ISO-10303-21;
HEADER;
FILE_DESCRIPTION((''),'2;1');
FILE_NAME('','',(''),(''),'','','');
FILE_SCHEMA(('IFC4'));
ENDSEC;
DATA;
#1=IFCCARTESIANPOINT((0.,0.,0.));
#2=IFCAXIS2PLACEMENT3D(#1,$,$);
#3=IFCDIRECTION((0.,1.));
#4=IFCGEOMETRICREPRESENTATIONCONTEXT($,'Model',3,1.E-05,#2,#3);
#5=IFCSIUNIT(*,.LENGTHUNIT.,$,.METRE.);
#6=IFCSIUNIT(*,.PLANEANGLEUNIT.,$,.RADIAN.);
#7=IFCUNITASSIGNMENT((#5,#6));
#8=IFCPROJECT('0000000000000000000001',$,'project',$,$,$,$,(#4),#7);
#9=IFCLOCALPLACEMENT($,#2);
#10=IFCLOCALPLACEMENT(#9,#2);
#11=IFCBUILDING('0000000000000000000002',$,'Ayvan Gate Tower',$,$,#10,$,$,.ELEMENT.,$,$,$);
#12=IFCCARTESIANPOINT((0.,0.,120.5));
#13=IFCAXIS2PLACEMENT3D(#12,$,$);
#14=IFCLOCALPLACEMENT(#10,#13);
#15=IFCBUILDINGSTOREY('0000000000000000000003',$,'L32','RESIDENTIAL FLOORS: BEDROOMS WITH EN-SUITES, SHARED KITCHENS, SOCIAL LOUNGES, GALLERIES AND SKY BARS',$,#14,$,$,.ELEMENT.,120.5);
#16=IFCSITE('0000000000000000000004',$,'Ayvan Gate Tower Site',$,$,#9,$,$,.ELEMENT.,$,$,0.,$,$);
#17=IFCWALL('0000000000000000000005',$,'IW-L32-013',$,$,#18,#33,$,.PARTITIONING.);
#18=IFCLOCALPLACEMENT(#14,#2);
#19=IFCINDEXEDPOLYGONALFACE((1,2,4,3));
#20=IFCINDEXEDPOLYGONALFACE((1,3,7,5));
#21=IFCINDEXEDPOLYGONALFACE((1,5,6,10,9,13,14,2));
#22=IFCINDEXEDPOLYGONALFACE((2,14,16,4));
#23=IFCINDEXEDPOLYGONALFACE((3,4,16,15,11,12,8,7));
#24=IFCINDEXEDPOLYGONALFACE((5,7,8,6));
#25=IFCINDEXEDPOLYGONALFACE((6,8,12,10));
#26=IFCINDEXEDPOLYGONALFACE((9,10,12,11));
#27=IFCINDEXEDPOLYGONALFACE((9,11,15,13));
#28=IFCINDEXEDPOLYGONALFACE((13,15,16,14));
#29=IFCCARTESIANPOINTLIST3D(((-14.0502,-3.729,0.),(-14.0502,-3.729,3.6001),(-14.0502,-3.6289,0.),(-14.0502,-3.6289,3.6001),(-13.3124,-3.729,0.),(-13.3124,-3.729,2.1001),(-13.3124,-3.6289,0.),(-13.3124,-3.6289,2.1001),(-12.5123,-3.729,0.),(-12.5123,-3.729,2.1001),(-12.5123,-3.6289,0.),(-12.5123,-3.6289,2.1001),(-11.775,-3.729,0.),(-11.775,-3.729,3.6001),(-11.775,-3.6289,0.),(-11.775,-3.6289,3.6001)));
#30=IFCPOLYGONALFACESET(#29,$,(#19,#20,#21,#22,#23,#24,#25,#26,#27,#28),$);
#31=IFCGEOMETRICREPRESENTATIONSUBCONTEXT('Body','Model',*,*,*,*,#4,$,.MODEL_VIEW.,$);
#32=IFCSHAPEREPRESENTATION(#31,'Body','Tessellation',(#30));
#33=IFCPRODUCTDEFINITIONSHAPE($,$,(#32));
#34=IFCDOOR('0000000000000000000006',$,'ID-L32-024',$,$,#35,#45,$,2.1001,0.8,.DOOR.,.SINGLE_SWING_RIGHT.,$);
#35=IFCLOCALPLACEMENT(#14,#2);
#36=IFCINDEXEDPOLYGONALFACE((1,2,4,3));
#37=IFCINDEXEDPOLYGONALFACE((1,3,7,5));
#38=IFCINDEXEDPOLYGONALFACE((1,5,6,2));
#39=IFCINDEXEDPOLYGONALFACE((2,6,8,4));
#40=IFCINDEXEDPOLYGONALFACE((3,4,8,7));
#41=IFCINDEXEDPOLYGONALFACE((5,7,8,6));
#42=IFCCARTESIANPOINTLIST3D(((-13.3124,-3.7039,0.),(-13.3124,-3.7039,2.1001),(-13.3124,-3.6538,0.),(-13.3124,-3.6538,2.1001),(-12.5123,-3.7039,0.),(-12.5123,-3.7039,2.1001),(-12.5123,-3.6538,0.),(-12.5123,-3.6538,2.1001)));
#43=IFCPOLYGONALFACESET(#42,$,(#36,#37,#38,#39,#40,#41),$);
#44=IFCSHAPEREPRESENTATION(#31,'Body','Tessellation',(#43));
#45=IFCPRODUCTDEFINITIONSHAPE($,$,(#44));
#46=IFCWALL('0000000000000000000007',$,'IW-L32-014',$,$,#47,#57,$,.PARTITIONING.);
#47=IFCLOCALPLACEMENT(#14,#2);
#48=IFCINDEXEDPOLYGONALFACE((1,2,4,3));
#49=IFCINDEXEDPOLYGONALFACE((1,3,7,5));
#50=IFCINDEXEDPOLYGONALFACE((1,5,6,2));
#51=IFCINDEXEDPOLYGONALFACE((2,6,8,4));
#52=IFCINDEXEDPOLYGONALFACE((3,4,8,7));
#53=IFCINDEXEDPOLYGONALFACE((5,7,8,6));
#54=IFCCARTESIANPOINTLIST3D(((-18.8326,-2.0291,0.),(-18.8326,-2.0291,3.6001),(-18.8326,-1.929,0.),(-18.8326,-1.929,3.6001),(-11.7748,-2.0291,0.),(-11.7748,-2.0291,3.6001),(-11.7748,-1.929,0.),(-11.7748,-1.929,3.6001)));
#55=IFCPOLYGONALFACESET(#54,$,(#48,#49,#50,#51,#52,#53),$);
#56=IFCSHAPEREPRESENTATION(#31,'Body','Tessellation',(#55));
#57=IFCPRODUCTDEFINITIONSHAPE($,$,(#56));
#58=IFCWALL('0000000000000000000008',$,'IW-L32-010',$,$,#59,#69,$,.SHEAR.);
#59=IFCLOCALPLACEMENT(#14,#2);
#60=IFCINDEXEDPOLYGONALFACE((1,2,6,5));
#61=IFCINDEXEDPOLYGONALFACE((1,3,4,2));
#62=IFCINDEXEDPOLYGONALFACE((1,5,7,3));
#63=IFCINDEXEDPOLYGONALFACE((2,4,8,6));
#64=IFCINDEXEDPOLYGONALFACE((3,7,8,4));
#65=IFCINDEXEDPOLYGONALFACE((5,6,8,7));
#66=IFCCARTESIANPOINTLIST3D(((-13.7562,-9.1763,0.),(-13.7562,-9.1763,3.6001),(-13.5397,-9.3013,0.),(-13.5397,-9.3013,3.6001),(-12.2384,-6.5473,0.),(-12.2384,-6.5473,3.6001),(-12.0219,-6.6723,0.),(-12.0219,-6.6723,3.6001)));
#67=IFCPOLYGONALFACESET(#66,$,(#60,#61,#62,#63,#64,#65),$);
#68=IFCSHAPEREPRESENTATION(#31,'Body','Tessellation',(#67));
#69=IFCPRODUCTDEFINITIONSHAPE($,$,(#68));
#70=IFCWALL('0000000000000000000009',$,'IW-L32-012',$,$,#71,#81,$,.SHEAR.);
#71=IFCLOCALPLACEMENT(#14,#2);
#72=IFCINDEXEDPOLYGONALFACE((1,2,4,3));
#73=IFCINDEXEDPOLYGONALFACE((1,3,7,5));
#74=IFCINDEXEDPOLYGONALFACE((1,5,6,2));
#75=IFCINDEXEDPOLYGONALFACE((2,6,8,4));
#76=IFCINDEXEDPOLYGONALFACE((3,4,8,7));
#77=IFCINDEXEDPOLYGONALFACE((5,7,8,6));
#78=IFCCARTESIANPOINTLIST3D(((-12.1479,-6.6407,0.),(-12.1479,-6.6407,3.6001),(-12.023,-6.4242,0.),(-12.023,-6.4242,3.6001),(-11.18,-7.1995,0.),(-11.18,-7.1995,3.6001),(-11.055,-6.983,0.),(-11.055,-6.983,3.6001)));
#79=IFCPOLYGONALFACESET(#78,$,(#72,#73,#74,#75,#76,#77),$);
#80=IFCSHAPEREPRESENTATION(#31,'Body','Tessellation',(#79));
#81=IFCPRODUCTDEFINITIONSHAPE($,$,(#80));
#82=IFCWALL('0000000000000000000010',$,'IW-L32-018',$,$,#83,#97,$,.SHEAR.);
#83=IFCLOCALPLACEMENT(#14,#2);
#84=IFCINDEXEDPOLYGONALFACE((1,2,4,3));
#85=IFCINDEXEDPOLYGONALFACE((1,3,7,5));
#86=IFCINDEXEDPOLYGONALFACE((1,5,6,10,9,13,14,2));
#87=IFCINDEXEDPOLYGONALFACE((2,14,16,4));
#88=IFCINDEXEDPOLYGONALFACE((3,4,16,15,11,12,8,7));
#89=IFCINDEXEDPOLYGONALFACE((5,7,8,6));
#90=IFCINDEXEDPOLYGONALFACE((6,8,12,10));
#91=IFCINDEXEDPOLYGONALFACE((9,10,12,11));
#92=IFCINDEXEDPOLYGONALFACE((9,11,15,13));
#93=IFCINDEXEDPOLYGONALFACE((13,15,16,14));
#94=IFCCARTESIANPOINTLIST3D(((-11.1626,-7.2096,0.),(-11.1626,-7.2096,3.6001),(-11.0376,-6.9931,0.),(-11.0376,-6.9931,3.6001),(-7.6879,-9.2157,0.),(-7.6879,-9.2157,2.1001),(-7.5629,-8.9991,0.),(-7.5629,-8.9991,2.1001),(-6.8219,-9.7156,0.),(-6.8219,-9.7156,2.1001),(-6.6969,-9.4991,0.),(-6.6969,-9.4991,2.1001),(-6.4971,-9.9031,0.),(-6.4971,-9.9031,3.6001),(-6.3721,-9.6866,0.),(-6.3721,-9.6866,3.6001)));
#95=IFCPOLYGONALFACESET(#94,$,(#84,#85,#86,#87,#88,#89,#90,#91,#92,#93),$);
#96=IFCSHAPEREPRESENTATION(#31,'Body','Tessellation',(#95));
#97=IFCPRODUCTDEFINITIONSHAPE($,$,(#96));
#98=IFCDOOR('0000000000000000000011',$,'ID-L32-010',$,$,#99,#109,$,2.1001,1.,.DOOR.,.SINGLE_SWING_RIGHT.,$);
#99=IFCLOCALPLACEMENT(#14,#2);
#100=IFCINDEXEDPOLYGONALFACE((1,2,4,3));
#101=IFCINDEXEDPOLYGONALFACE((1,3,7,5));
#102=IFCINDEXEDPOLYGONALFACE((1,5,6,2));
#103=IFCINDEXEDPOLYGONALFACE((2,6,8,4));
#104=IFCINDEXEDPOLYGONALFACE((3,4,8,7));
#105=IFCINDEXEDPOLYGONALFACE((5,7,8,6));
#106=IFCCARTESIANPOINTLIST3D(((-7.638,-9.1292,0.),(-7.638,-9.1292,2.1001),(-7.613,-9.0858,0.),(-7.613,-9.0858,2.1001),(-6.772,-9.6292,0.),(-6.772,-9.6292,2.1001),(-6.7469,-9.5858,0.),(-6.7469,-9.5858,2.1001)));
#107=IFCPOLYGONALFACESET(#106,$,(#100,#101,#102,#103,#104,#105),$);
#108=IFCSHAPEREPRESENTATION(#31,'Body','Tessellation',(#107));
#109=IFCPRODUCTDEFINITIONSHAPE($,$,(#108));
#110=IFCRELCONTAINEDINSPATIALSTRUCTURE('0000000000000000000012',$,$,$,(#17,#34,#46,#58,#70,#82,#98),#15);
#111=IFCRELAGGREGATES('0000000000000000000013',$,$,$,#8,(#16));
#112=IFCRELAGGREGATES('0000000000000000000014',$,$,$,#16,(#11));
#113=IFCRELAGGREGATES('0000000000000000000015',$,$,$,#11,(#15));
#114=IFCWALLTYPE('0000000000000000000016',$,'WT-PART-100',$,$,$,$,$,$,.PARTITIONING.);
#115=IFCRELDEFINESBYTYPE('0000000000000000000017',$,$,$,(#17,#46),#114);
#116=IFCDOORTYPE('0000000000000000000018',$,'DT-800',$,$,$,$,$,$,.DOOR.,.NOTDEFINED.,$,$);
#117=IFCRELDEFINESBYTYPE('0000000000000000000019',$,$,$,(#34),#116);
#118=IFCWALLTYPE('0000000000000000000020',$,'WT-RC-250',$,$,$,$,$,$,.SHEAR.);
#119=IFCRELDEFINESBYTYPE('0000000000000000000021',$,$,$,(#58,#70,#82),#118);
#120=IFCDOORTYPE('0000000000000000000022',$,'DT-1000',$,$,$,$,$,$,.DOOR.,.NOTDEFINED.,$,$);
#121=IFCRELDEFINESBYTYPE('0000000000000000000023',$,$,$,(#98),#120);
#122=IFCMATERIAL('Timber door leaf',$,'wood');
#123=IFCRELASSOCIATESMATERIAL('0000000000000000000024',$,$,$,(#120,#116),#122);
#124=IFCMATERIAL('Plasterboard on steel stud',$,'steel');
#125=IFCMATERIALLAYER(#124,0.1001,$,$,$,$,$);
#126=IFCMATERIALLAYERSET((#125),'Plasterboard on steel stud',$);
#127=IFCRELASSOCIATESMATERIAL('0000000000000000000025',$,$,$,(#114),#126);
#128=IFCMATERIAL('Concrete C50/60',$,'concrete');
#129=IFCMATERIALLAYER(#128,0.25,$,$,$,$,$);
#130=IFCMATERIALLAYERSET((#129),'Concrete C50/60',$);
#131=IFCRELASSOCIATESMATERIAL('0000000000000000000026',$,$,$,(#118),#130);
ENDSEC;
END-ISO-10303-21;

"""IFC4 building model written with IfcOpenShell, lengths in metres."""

from ifc_helpers import new_model, si_unit, direction, frame, frame_2d, origin, place, context, subcontext, project, spatial, rectangle, extrude, material, layer, layer_set, type_object, element, fill, save


model = new_model("IFC4")

# Units and contexts
model_context = context("Model", 3, precision=1e-05, world=origin(), true_north=direction((0.0, 1.0)))
body_context = subcontext(model_context, "Body", "Model", "MODEL_VIEW")
ifc_project = project(units=[si_unit("LENGTHUNIT", "METRE"), si_unit("PLANEANGLEUNIT", "RADIAN")], contexts=[model_context])

# Site, building, storey
site_placement = place(None, origin())
site = spatial("IfcSite", under=ifc_project, at=site_placement, Name="Ayvan Gate Tower Site", CompositionType="ELEMENT", RefElevation=0.0)
building_placement = place(site_placement, origin())
building = spatial("IfcBuilding", under=site, at=building_placement, Name="Ayvan Gate Tower", CompositionType="ELEMENT")
storey_placement = place(building_placement, frame((0.0, 0.0, 120.5)))
storey = spatial("IfcBuildingStorey", under=building, at=storey_placement, Name="L32", Description="RESIDENTIAL FLOORS: BEDROOMS WITH EN-SUITES, SHARED KITCHENS, SOCIAL LOUNGES, GALLERIES AND SKY BARS", CompositionType="ELEMENT", Elevation=120.5)

# Shared definitions
ifc_material_1 = material(Name="Timber door leaf", Category="wood")
ifc_material_2 = material(Name="Plasterboard on steel stud", Category="steel")
door_type_1 = type_object("IfcDoorType", Name="DT-1000", OperationType="NOTDEFINED", PredefinedType="DOOR", material=ifc_material_1)

# Shared definitions
ifc_layer_1 = layer(ifc_material_2, 0.1001)
ifc_layer_set_1 = layer_set([ifc_layer_1], Name="Plasterboard on steel stud")
wall_type_1 = type_object("IfcWallType", Name="WT-PART-100", PredefinedType="PARTITIONING", material=ifc_layer_set_1)

# Wall, opening, door
wall_1_placement = place(storey_placement, frame((-11.7749, -3.679, 0.0), z_axis=(0.0, 0.0, 1.0), x_axis=(-1.0, 0.0, 0.0)))
wall_1 = element("IfcWall", 1, at=wall_1_placement, inside=storey, type_object=wall_type_1, Name="IW-L32-013", PredefinedType="PARTITIONING", context=body_context, shape_type="SweptSolid", body=[
    extrude(rectangle(XDim=2.2751, YDim=0.1001, at=frame_2d((1.1377, 0.0))), origin(), (0.0, 0.0, 1.0), 3.6001),
])
opening_1_placement = place(wall_1_placement, frame((0.7375, 0.0, 0.0)))
opening_1 = element("IfcOpeningElement", 2, at=opening_1_placement, cuts=wall_1, PredefinedType="OPENING", context=body_context, shape_type="SweptSolid", body=[
    extrude(rectangle(XDim=0.8, YDim=2.1001, at=frame_2d((0.3999, 1.05))), frame((0.0, 0.0601, 0.0), z_axis=(0.0, -1.0, 0.0), x_axis=(1.0, 0.0, 0.0)), (0.0, 0.0, 1.0), 0.1201),
])
door_type_2 = type_object("IfcDoorType", Name="DT-800", OperationType="NOTDEFINED", PredefinedType="DOOR", material=ifc_material_1)
door_1_placement = place(opening_1_placement, origin())
door_1 = element("IfcDoor", 3, at=door_1_placement, inside=storey, type_object=door_type_2, Name="ID-L32-024", OperationType="SINGLE_SWING_RIGHT", OverallHeight=2.1001, OverallWidth=0.8, PredefinedType="DOOR", context=body_context, shape_type="SweptSolid", body=[
    extrude(rectangle(XDim=0.8, YDim=2.1001, at=frame_2d((0.3999, 1.05))), frame((0.0, 0.0249, 0.0), z_axis=(0.0, -1.0, 0.0), x_axis=(1.0, 0.0, 0.0)), (0.0, 0.0, 1.0), 0.05),
])
fill(opening_1, door_1)

# Walls
wall_2_placement = place(storey_placement, frame((-11.7749, -1.979, 0.0), z_axis=(0.0, 0.0, 1.0), x_axis=(-1.0, 0.0, 0.0)))
element("IfcWall", 4, at=wall_2_placement, inside=storey, type_object=wall_type_1, Name="IW-L32-014", PredefinedType="PARTITIONING", context=body_context, shape_type="SweptSolid", body=[
    extrude(rectangle(XDim=7.0579, YDim=0.1001, at=frame_2d((3.5288, 0.0))), origin(), (0.0, 0.0, 1.0), 3.6001),
])
ifc_material_3 = material(Name="Concrete C50/60", Category="concrete")
ifc_layer_2 = layer(ifc_material_3, 0.25)
ifc_layer_set_2 = layer_set([ifc_layer_2], Name="Concrete C50/60")
wall_type_2 = type_object("IfcWallType", Name="WT-RC-250", PredefinedType="SHEAR", material=ifc_layer_set_2)
wall_3_placement = place(storey_placement, frame((-13.6479, -9.2388, 0.0), z_axis=(0.0, 0.0, 1.0), x_axis=(0.500006, 0.866022, 0.0)))
element("IfcWall", 5, at=wall_3_placement, inside=storey, type_object=wall_type_2, Name="IW-L32-010", PredefinedType="SHEAR", context=body_context, shape_type="SweptSolid", body=[
    extrude(rectangle(XDim=3.0356, YDim=0.25, at=frame_2d((1.5178, 0.0))), origin(), (0.0, 0.0, 1.0), 3.6001),
])
wall_4_placement = place(storey_placement, frame((-12.0854, -6.5325, 0.0), z_axis=(0.0, 0.0, 1.0), x_axis=(0.866044, -0.499968, 0.0)))
element("IfcWall", 6, at=wall_4_placement, inside=storey, type_object=wall_type_2, Name="IW-L32-012", PredefinedType="SHEAR", context=body_context, shape_type="SweptSolid", body=[
    extrude(rectangle(XDim=1.1177, YDim=0.25, at=frame_2d((0.5588, 0.0))), origin(), (0.0, 0.0, 1.0), 3.6001),
])

# Wall, opening, door
wall_5_placement = place(storey_placement, frame((-11.1001, -7.1013, 0.0), z_axis=(0.0, 0.0, 1.0), x_axis=(0.866029, -0.499994, 0.0)))
wall_5 = element("IfcWall", 7, at=wall_5_placement, inside=storey, type_object=wall_type_2, Name="IW-L32-018", PredefinedType="SHEAR", context=body_context, shape_type="SweptSolid", body=[
    extrude(rectangle(XDim=5.3872, YDim=0.25, at=frame_2d((2.6936, 0.0))), origin(), (0.0, 0.0, 1.0), 3.6001),
])
opening_2_placement = place(wall_5_placement, frame((4.0122, 0.0, 0.0)))
opening_2 = element("IfcOpeningElement", 8, at=opening_2_placement, cuts=wall_5, PredefinedType="OPENING", context=body_context, shape_type="SweptSolid", body=[
    extrude(rectangle(XDim=1.0, YDim=2.1001, at=frame_2d((0.5, 1.05))), frame((0.0, 0.135, 0.0), z_axis=(0.0, -1.0, 0.0), x_axis=(1.0, 0.0, 0.0)), (0.0, 0.0, 1.0), 0.27),
])
door_2_placement = place(opening_2_placement, origin())
door_2 = element("IfcDoor", 9, at=door_2_placement, inside=storey, type_object=door_type_1, Name="ID-L32-010", OperationType="SINGLE_SWING_RIGHT", OverallHeight=2.1001, OverallWidth=1.0, PredefinedType="DOOR", context=body_context, shape_type="SweptSolid", body=[
    extrude(rectangle(XDim=1.0, YDim=2.1001, at=frame_2d((0.5, 1.05))), frame((0.0, 0.0249, 0.0), z_axis=(0.0, -1.0, 0.0), x_axis=(1.0, 0.0, 0.0)), (0.0, 0.0, 1.0), 0.05),
])
fill(opening_2, door_2)

save(model, "model.ifc")
